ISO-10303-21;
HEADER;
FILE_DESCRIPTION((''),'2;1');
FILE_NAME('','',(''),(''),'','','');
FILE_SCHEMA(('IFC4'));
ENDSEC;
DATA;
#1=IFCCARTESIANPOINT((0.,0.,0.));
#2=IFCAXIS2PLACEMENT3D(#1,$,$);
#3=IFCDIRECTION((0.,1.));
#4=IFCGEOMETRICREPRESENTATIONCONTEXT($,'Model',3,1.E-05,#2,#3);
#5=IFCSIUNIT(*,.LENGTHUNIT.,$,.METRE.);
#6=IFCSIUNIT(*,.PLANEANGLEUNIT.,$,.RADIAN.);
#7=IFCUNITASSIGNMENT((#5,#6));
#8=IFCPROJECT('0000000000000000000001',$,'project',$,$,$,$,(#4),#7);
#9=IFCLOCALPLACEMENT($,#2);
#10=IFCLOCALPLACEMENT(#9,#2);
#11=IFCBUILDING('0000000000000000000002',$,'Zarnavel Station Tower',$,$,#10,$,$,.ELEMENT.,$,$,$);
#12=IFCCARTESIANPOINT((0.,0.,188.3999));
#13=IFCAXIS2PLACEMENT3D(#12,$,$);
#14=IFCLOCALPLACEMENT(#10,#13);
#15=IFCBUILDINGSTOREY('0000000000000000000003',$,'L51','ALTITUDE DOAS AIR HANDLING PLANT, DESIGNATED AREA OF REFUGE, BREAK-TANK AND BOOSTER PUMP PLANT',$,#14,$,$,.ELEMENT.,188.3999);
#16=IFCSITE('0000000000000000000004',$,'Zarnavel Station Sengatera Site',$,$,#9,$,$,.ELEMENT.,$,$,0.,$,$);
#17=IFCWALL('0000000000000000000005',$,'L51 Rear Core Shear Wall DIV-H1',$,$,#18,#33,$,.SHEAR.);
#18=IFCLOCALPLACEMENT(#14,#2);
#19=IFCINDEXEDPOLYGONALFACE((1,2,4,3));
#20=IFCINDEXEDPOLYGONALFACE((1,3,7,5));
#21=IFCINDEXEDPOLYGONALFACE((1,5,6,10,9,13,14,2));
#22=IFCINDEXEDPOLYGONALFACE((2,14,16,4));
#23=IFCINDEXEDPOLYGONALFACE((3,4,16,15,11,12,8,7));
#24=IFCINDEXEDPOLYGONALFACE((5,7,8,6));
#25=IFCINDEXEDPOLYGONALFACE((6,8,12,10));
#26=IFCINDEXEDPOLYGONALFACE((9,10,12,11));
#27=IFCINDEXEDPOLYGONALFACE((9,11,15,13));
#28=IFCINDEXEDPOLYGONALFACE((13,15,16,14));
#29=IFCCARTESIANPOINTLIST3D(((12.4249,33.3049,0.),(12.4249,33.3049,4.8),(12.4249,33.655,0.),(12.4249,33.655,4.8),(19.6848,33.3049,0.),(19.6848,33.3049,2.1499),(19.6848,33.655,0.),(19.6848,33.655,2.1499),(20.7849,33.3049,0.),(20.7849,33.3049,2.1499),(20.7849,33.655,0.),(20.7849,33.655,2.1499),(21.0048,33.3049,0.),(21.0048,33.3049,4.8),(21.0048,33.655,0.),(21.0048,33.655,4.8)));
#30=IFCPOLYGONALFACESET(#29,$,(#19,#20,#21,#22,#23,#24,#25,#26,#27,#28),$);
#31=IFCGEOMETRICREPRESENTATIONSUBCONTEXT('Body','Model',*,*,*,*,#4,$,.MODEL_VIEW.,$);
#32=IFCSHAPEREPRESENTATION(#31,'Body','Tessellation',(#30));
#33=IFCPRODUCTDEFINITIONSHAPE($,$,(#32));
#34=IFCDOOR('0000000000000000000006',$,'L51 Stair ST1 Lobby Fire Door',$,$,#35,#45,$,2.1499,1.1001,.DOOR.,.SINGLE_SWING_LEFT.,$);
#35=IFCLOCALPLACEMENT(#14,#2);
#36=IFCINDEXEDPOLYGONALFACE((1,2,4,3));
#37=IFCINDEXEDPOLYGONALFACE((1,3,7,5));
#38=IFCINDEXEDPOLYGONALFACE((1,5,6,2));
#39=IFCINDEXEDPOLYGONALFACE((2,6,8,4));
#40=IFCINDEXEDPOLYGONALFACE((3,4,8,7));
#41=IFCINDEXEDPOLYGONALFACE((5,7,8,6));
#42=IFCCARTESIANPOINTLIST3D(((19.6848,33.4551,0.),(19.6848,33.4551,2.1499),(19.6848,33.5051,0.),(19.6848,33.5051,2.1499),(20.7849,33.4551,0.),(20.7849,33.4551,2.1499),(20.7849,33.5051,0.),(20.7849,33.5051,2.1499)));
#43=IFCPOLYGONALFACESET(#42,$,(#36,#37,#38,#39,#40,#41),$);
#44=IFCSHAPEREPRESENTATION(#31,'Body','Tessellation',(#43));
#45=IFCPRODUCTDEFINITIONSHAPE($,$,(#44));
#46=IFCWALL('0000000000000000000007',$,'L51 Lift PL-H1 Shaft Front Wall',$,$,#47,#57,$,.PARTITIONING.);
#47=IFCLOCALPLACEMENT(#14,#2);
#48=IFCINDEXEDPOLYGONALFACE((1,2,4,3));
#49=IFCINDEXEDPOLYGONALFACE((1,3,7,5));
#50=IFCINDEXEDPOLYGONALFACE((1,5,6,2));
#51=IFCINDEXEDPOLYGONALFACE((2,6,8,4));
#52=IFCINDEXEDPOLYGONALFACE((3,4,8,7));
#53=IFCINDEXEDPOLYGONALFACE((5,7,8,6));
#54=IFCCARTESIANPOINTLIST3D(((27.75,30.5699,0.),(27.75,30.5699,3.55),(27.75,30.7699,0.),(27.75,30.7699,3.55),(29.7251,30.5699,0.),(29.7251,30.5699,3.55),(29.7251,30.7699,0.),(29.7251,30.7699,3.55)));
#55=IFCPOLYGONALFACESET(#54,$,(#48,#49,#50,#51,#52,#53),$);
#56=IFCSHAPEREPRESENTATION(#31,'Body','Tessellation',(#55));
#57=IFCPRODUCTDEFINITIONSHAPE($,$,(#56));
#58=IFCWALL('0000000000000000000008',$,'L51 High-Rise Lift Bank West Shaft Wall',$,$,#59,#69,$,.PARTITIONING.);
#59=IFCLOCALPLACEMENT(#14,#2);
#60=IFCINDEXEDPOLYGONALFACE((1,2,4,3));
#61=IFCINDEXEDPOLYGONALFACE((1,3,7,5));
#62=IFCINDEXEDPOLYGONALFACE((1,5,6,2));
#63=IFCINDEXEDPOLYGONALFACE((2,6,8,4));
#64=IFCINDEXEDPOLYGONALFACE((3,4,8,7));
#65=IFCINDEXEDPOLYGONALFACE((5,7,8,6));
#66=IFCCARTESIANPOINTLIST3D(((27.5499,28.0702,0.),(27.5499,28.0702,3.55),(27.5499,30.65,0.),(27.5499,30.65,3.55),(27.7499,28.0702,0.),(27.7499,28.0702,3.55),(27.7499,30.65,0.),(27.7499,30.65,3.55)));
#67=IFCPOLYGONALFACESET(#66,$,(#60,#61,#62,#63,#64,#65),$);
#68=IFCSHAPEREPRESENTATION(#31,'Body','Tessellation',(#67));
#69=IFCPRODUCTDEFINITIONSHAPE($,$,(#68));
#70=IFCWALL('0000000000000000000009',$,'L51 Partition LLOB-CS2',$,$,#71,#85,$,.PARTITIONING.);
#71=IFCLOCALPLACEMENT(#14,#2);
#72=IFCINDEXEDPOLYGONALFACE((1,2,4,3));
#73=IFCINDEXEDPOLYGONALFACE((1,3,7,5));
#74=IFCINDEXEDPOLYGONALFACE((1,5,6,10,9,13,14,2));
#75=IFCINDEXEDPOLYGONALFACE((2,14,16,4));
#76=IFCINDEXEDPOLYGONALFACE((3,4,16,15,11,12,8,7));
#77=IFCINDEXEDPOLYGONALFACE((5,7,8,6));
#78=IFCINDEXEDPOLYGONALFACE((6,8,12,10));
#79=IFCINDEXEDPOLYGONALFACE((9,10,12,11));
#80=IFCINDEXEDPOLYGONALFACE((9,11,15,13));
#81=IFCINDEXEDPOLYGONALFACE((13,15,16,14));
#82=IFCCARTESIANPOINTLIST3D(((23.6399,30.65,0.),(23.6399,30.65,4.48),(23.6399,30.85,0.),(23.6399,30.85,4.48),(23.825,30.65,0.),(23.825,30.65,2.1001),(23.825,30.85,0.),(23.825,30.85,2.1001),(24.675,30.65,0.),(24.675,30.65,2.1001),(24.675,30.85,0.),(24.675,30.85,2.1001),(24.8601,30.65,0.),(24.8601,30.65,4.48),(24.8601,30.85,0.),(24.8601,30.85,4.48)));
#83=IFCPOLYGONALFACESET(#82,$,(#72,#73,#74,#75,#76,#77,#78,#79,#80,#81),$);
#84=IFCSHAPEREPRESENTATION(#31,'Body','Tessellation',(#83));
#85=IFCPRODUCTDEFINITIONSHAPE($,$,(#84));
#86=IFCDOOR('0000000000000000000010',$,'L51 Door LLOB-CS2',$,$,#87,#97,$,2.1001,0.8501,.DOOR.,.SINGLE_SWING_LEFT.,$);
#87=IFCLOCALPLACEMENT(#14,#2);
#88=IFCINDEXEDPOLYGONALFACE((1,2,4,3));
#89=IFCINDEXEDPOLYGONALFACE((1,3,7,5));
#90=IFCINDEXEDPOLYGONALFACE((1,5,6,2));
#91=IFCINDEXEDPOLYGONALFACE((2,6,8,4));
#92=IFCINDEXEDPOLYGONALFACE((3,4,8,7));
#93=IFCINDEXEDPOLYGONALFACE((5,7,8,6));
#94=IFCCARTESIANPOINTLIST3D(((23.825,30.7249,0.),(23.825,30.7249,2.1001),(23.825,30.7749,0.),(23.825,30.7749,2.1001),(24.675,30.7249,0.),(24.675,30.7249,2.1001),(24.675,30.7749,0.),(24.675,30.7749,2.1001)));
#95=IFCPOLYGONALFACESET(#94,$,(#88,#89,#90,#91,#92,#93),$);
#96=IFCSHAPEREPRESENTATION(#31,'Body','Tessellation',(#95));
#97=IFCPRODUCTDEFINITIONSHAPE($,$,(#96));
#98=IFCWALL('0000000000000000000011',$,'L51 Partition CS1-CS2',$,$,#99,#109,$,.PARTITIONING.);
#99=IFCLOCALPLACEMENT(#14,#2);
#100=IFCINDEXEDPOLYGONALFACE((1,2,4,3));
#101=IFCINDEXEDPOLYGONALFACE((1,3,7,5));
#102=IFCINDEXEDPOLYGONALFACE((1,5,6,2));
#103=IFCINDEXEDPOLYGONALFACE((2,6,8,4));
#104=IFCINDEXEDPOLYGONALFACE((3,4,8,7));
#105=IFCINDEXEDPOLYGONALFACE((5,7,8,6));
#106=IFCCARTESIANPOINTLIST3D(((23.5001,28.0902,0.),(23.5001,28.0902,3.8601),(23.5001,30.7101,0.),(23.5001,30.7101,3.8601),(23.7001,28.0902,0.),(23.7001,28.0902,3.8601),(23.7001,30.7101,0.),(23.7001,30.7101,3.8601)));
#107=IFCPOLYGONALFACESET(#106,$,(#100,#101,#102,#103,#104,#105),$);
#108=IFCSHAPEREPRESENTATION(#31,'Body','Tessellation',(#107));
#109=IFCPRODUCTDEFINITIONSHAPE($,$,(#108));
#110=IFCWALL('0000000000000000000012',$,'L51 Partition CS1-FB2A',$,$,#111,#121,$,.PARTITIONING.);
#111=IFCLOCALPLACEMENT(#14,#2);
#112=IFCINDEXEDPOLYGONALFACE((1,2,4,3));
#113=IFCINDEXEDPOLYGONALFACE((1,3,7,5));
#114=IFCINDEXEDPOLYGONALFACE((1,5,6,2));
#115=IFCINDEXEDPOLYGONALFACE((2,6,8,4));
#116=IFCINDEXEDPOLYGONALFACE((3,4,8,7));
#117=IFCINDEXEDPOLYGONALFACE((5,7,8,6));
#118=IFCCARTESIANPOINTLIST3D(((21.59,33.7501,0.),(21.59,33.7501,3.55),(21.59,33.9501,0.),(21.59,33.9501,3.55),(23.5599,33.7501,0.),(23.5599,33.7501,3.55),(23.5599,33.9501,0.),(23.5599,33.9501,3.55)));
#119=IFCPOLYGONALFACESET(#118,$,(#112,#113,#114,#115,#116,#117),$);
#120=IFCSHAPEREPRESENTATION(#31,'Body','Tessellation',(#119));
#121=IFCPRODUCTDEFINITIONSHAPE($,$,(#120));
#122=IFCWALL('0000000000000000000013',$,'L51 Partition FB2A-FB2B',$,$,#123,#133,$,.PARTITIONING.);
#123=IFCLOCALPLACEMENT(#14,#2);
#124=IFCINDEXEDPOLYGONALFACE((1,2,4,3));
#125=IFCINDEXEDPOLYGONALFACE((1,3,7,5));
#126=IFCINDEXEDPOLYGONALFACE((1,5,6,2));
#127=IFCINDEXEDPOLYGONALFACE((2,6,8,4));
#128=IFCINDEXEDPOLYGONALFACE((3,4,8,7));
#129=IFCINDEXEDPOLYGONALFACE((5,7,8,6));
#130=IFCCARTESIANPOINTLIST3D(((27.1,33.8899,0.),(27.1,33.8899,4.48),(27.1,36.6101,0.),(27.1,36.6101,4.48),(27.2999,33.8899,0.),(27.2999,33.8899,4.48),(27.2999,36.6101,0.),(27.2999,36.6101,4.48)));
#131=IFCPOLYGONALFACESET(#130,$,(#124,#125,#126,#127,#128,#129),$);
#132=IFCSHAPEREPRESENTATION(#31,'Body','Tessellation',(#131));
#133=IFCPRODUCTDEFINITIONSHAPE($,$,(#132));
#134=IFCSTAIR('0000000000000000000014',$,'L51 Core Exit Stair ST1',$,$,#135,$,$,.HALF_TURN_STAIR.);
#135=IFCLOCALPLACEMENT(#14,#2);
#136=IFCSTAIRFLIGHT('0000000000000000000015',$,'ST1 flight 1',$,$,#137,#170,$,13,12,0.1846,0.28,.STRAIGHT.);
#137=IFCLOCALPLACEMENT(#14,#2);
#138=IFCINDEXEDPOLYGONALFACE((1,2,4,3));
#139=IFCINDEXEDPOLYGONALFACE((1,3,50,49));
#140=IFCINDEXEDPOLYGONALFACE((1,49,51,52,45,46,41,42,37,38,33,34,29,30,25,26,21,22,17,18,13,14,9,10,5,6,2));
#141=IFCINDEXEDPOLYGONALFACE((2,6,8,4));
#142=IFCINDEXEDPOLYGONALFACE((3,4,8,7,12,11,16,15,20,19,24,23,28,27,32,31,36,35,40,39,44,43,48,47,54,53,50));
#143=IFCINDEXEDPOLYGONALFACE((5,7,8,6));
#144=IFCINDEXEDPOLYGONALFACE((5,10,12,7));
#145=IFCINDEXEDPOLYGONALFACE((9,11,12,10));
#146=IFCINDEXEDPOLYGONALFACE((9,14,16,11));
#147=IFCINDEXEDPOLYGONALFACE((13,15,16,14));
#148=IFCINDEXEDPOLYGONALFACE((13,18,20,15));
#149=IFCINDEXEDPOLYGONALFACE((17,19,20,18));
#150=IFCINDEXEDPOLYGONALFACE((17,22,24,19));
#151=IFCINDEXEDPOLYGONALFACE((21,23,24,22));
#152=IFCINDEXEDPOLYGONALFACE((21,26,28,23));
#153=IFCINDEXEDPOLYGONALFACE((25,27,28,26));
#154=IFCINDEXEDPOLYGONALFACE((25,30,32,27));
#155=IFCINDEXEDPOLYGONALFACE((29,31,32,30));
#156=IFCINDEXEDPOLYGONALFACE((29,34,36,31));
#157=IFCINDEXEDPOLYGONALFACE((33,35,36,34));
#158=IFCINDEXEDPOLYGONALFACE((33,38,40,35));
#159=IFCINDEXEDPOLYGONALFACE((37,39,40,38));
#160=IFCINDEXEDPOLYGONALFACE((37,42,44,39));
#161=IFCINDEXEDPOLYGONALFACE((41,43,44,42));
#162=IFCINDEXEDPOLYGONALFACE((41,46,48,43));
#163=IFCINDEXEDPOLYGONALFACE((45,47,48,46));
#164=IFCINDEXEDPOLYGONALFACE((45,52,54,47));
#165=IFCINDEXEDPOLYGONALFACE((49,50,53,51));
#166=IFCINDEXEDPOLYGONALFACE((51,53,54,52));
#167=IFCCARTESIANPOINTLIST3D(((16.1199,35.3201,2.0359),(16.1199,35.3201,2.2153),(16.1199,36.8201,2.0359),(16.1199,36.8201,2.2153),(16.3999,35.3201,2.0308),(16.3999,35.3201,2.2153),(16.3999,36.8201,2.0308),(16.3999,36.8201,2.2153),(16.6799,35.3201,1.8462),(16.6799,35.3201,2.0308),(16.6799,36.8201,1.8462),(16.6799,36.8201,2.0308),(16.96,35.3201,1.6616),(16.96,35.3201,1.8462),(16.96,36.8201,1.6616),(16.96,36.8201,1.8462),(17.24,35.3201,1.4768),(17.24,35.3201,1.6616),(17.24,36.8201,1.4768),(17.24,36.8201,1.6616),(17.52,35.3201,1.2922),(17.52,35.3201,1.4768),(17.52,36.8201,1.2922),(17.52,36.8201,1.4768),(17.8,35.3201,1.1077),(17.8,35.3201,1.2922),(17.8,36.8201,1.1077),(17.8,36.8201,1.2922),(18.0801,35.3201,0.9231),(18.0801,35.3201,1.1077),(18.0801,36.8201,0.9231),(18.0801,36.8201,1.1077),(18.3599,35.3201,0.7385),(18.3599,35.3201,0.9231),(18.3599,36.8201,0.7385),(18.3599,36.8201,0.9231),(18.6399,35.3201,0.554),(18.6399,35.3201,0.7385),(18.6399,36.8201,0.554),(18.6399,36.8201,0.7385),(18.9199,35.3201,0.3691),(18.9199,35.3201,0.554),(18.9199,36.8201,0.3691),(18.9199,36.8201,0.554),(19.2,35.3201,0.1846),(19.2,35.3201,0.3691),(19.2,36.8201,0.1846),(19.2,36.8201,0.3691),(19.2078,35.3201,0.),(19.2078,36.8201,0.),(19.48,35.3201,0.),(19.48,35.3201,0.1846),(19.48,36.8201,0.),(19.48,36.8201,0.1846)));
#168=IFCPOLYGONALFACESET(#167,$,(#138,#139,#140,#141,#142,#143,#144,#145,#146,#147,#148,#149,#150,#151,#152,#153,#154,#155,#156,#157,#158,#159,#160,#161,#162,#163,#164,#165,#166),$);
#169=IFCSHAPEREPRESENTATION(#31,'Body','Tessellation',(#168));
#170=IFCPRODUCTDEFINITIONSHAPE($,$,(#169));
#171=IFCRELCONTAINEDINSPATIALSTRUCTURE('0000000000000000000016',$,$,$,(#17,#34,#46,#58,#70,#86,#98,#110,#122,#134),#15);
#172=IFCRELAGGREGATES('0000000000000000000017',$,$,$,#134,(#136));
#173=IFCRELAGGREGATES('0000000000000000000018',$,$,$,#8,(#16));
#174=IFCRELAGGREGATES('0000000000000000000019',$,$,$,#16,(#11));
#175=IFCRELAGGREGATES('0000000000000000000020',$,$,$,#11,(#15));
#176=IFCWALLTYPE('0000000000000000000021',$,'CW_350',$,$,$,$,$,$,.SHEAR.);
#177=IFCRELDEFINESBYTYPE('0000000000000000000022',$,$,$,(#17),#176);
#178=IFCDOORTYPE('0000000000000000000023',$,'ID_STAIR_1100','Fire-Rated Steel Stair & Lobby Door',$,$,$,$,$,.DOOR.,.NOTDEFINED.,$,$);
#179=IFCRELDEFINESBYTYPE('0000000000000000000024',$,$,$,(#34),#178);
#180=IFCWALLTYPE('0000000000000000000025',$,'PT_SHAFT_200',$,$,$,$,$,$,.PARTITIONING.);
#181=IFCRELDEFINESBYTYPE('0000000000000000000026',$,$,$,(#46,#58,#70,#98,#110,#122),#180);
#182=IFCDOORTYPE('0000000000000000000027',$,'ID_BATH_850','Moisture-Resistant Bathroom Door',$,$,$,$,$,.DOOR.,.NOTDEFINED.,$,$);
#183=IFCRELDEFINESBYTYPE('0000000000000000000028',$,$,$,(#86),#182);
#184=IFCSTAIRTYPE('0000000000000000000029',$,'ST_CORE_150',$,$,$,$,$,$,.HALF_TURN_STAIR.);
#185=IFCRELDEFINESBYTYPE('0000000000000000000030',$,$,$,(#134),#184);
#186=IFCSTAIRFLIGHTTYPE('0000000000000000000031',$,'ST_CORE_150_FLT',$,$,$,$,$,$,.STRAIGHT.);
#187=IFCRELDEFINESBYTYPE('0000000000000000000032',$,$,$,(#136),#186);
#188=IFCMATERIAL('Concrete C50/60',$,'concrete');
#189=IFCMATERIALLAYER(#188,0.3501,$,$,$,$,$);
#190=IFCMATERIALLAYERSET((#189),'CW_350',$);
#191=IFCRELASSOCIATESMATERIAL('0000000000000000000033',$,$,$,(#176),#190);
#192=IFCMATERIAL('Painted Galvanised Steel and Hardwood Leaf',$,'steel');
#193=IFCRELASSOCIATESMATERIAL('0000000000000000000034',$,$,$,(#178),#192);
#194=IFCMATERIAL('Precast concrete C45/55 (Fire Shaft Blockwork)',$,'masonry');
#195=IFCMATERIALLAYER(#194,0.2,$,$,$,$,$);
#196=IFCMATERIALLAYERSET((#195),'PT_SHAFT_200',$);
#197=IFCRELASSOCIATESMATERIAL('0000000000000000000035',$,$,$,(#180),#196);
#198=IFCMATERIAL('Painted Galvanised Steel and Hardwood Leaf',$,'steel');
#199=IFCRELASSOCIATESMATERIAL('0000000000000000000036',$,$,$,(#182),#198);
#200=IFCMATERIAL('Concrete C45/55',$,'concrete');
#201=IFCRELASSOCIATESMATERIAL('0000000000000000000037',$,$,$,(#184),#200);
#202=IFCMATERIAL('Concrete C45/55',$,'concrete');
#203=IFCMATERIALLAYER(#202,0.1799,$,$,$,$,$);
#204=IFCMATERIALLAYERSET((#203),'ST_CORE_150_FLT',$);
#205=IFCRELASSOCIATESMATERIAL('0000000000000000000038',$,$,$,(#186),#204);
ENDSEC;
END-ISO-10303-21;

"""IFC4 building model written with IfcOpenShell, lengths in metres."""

from ifc_helpers import new_model, si_unit, direction, frame, frame_2d, origin, place, context, subcontext, project, spatial, polyline, rectangle, outline, extrude, material, layer, layer_set, type_object, element, fill, aggregate, save


model = new_model("IFC4")

# Units and contexts
model_context = context("Model", 3, precision=1e-05, world=origin(), true_north=direction((0.0, 1.0)))
body_context = subcontext(model_context, "Body", "Model", "MODEL_VIEW")
ifc_project = project(units=[si_unit("LENGTHUNIT", "METRE"), si_unit("PLANEANGLEUNIT", "RADIAN")], contexts=[model_context])

# Site, building, storey
site_placement = place(None, origin())
site = spatial("IfcSite", under=ifc_project, at=site_placement, Name="Zarnavel Station Sengatera Site", CompositionType="ELEMENT", RefElevation=0.0)
building_placement = place(site_placement, origin())
building = spatial("IfcBuilding", under=site, at=building_placement, Name="Zarnavel Station Tower", CompositionType="ELEMENT")
storey_placement = place(building_placement, frame((0.0, 0.0, 188.3999)))
storey = spatial("IfcBuildingStorey", under=building, at=storey_placement, Name="L51", Description="ALTITUDE DOAS AIR HANDLING PLANT, DESIGNATED AREA OF REFUGE, BREAK-TANK AND BOOSTER PUMP PLANT", CompositionType="ELEMENT", Elevation=188.3999)

# Shared definitions
ifc_material_1 = material(Name="Concrete C50/60", Category="concrete")
ifc_layer_1 = layer(ifc_material_1, 0.3501)
ifc_layer_set_1 = layer_set([ifc_layer_1], Name="CW_350")
wall_type_1 = type_object("IfcWallType", Name="CW_350", PredefinedType="SHEAR", material=ifc_layer_set_1)

# Wall, opening, door
wall_1_placement = place(storey_placement, frame((21.0049, 33.48, 0.0), z_axis=(0.0, 0.0, 1.0), x_axis=(-1.0, 0.0, 0.0)))
wall_1 = element("IfcWall", 1, at=wall_1_placement, inside=storey, type_object=wall_type_1, Name="L51 Rear Core Shear Wall DIV-H1", PredefinedType="SHEAR", context=body_context, shape_type="SweptSolid", body=[
    extrude(rectangle(XDim=8.5798, YDim=0.3501, at=frame_2d((4.29, 0.0))), origin(), (0.0, 0.0, 1.0), 4.8),
])
opening_1_placement = place(wall_1_placement, frame((0.22, 0.0, 0.0)))
opening_1 = element("IfcOpeningElement", 2, at=opening_1_placement, cuts=wall_1, PredefinedType="OPENING", context=body_context, shape_type="SweptSolid", body=[
    extrude(rectangle(XDim=1.1001, YDim=2.1499, at=frame_2d((0.55, 1.075))), frame((0.0, 0.1851, 0.0), z_axis=(0.0, -1.0, 0.0), x_axis=(1.0, 0.0, 0.0)), (0.0, 0.0, 1.0), 0.3701),
])
ifc_material_2 = material(Name="Painted Galvanised Steel and Hardwood Leaf", Category="steel")
door_type_1 = type_object("IfcDoorType", Name="ID_STAIR_1100", Description="Fire-Rated Steel Stair & Lobby Door", OperationType="NOTDEFINED", PredefinedType="DOOR", material=ifc_material_2)
door_1_placement = place(opening_1_placement, origin())
door_1 = element("IfcDoor", 3, at=door_1_placement, inside=storey, type_object=door_type_1, Name="L51 Stair ST1 Lobby Fire Door", OperationType="SINGLE_SWING_LEFT", OverallHeight=2.1499, OverallWidth=1.1001, PredefinedType="DOOR", context=body_context, shape_type="SweptSolid", body=[
    extrude(rectangle(XDim=1.1001, YDim=2.1499, at=frame_2d((0.55, 1.075))), frame((0.0, 0.0249, 0.0), z_axis=(0.0, -1.0, 0.0), x_axis=(1.0, 0.0, 0.0)), (0.0, 0.0, 1.0), 0.05),
])
fill(opening_1, door_1)

# Walls
ifc_material_3 = material(Name="Precast concrete C45/55 (Fire Shaft Blockwork)", Category="masonry")
ifc_layer_2 = layer(ifc_material_3, 0.2)
ifc_layer_set_2 = layer_set([ifc_layer_2], Name="PT_SHAFT_200")
wall_type_2 = type_object("IfcWallType", Name="PT_SHAFT_200", PredefinedType="PARTITIONING", material=ifc_layer_set_2)
wall_2_placement = place(storey_placement, frame((27.75, 30.6699, 0.0), z_axis=(0.0, 0.0, 1.0), x_axis=(1.0, 0.0, 0.0)))
element("IfcWall", 4, at=wall_2_placement, inside=storey, type_object=wall_type_2, Name="L51 Lift PL-H1 Shaft Front Wall", PredefinedType="PARTITIONING", context=body_context, shape_type="SweptSolid", body=[
    extrude(rectangle(XDim=1.9751, YDim=0.2, at=frame_2d((0.9875, 0.0))), origin(), (0.0, 0.0, 1.0), 3.55),
])
wall_3_placement = place(storey_placement, frame((27.6499, 28.0701, 0.0), z_axis=(0.0, 0.0, 1.0), x_axis=(0.0, 1.0, 0.0)))
element("IfcWall", 5, at=wall_3_placement, inside=storey, type_object=wall_type_2, Name="L51 High-Rise Lift Bank West Shaft Wall", PredefinedType="PARTITIONING", context=body_context, shape_type="SweptSolid", body=[
    extrude(rectangle(XDim=2.5798, YDim=0.2, at=frame_2d((1.29, 0.0))), origin(), (0.0, 0.0, 1.0), 3.55),
])

# Wall, opening, door
wall_4_placement = place(storey_placement, frame((23.6399, 30.75, 0.0), z_axis=(0.0, 0.0, 1.0), x_axis=(1.0, 0.0, 0.0)))
wall_4 = element("IfcWall", 6, at=wall_4_placement, inside=storey, type_object=wall_type_2, Name="L51 Partition LLOB-CS2", PredefinedType="PARTITIONING", context=body_context, shape_type="SweptSolid", body=[
    extrude(rectangle(XDim=1.2202, YDim=0.2, at=frame_2d((0.6101, 0.0))), origin(), (0.0, 0.0, 1.0), 4.48),
])
opening_2_placement = place(wall_4_placement, frame((0.1851, 0.0, 0.0)))
opening_2 = element("IfcOpeningElement", 7, at=opening_2_placement, cuts=wall_4, PredefinedType="OPENING", context=body_context, shape_type="SweptSolid", body=[
    extrude(rectangle(XDim=0.8501, YDim=2.1001, at=frame_2d((0.425, 1.05))), frame((0.0, 0.1099, 0.0), z_axis=(0.0, -1.0, 0.0), x_axis=(1.0, 0.0, 0.0)), (0.0, 0.0, 1.0), 0.22),
])
ifc_material_4 = material(Name="Painted Galvanised Steel and Hardwood Leaf", Category="steel")
door_type_2 = type_object("IfcDoorType", Name="ID_BATH_850", Description="Moisture-Resistant Bathroom Door", OperationType="NOTDEFINED", PredefinedType="DOOR", material=ifc_material_4)
door_2_placement = place(opening_2_placement, origin())
door_2 = element("IfcDoor", 8, at=door_2_placement, inside=storey, type_object=door_type_2, Name="L51 Door LLOB-CS2", OperationType="SINGLE_SWING_LEFT", OverallHeight=2.1001, OverallWidth=0.8501, PredefinedType="DOOR", context=body_context, shape_type="SweptSolid", body=[
    extrude(rectangle(XDim=0.8501, YDim=2.1001, at=frame_2d((0.425, 1.05))), frame((0.0, 0.0249, 0.0), z_axis=(0.0, -1.0, 0.0), x_axis=(1.0, 0.0, 0.0)), (0.0, 0.0, 1.0), 0.05),
])
fill(opening_2, door_2)

# Walls
wall_5_placement = place(storey_placement, frame((23.6001, 28.0901, 0.0), z_axis=(0.0, 0.0, 1.0), x_axis=(0.0, 1.0, 0.0)))
element("IfcWall", 9, at=wall_5_placement, inside=storey, type_object=wall_type_2, Name="L51 Partition CS1-CS2", PredefinedType="PARTITIONING", context=body_context, shape_type="SweptSolid", body=[
    extrude(rectangle(XDim=2.6199, YDim=0.2, at=frame_2d((1.3101, 0.0))), origin(), (0.0, 0.0, 1.0), 3.8601),
])
wall_6_placement = place(storey_placement, frame((21.5901, 33.8501, 0.0), z_axis=(0.0, 0.0, 1.0), x_axis=(1.0, 0.0, 0.0)))
element("IfcWall", 10, at=wall_6_placement, inside=storey, type_object=wall_type_2, Name="L51 Partition CS1-FB2A", PredefinedType="PARTITIONING", context=body_context, shape_type="SweptSolid", body=[
    extrude(rectangle(XDim=1.97, YDim=0.2, at=frame_2d((0.9849, 0.0))), origin(), (0.0, 0.0, 1.0), 3.55),
])
wall_7_placement = place(storey_placement, frame((27.2, 33.8899, 0.0), z_axis=(0.0, 0.0, 1.0), x_axis=(0.0, 1.0, 0.0)))
element("IfcWall", 11, at=wall_7_placement, inside=storey, type_object=wall_type_2, Name="L51 Partition FB2A-FB2B", PredefinedType="PARTITIONING", context=body_context, shape_type="SweptSolid", body=[
    extrude(rectangle(XDim=2.7202, YDim=0.2, at=frame_2d((1.3601, 0.0))), origin(), (0.0, 0.0, 1.0), 4.48),
])

# Stair, stair flight
ifc_material_5 = material(Name="Concrete C45/55", Category="concrete")
stair_type = type_object("IfcStairType", Name="ST_CORE_150", PredefinedType="HALF_TURN_STAIR", material=ifc_material_5)
stair_placement = place(storey_placement, origin())
stair = element("IfcStair", 12, at=stair_placement, inside=storey, type_object=stair_type, Name="L51 Core Exit Stair ST1", PredefinedType="HALF_TURN_STAIR")
ifc_material_6 = material(Name="Concrete C45/55", Category="concrete")
ifc_layer_3 = layer(ifc_material_6, 0.1799)
ifc_layer_set_3 = layer_set([ifc_layer_3], Name="ST_CORE_150_FLT")
stair_flight_type = type_object("IfcStairFlightType", Name="ST_CORE_150_FLT", PredefinedType="STRAIGHT", material=ifc_layer_set_3)
stair_flight_placement = place(storey_placement, frame((19.48, 36.0701, 0.0), z_axis=(0.0, 0.0, 1.0), x_axis=(-1.0, 0.0, 0.0)))
stair_flight = element("IfcStairFlight", 13, at=stair_flight_placement, type_object=stair_flight_type, Name="ST1 flight 1", NumberOfRisers=13, NumberOfTreads=12, PredefinedType="STRAIGHT", RiserHeight=0.1846, TreadLength=0.28, context=body_context, shape_type="SweptSolid", body=[
    extrude(outline(polyline([(0.0, 0.0), (0.0, 0.1846), (0.28, 0.1846), (0.28, 0.3691), (0.5601, 0.3691), (0.5601, 0.554), (0.8401, 0.554), (0.8401, 0.7385), (1.1201, 0.7385), (1.1201, 0.9231), (1.3999, 0.9231), (1.3999, 1.1077), (1.6799, 1.1077), (1.6799, 1.2922), (1.96, 1.2922), (1.96, 1.4768), (2.24, 1.4768), (2.24, 1.6616), (2.52, 1.6616), (2.52, 1.8462), (2.8, 1.8462), (2.8, 2.0308), (3.0801, 2.0308), (3.0801, 2.2153), (3.3601, 2.2153), (3.3601, 2.3999), (3.3601, 2.0359), (0.2722, 0.0), (0.0, 0.0)])), frame((0.0, 0.75, 0.0), z_axis=(0.0, -1.0, 0.0), x_axis=(1.0, 0.0, 0.0)), (0.0, 0.0, 1.0), 1.5),
])
aggregate(stair, [stair_flight])

save(model, "model.ifc")
